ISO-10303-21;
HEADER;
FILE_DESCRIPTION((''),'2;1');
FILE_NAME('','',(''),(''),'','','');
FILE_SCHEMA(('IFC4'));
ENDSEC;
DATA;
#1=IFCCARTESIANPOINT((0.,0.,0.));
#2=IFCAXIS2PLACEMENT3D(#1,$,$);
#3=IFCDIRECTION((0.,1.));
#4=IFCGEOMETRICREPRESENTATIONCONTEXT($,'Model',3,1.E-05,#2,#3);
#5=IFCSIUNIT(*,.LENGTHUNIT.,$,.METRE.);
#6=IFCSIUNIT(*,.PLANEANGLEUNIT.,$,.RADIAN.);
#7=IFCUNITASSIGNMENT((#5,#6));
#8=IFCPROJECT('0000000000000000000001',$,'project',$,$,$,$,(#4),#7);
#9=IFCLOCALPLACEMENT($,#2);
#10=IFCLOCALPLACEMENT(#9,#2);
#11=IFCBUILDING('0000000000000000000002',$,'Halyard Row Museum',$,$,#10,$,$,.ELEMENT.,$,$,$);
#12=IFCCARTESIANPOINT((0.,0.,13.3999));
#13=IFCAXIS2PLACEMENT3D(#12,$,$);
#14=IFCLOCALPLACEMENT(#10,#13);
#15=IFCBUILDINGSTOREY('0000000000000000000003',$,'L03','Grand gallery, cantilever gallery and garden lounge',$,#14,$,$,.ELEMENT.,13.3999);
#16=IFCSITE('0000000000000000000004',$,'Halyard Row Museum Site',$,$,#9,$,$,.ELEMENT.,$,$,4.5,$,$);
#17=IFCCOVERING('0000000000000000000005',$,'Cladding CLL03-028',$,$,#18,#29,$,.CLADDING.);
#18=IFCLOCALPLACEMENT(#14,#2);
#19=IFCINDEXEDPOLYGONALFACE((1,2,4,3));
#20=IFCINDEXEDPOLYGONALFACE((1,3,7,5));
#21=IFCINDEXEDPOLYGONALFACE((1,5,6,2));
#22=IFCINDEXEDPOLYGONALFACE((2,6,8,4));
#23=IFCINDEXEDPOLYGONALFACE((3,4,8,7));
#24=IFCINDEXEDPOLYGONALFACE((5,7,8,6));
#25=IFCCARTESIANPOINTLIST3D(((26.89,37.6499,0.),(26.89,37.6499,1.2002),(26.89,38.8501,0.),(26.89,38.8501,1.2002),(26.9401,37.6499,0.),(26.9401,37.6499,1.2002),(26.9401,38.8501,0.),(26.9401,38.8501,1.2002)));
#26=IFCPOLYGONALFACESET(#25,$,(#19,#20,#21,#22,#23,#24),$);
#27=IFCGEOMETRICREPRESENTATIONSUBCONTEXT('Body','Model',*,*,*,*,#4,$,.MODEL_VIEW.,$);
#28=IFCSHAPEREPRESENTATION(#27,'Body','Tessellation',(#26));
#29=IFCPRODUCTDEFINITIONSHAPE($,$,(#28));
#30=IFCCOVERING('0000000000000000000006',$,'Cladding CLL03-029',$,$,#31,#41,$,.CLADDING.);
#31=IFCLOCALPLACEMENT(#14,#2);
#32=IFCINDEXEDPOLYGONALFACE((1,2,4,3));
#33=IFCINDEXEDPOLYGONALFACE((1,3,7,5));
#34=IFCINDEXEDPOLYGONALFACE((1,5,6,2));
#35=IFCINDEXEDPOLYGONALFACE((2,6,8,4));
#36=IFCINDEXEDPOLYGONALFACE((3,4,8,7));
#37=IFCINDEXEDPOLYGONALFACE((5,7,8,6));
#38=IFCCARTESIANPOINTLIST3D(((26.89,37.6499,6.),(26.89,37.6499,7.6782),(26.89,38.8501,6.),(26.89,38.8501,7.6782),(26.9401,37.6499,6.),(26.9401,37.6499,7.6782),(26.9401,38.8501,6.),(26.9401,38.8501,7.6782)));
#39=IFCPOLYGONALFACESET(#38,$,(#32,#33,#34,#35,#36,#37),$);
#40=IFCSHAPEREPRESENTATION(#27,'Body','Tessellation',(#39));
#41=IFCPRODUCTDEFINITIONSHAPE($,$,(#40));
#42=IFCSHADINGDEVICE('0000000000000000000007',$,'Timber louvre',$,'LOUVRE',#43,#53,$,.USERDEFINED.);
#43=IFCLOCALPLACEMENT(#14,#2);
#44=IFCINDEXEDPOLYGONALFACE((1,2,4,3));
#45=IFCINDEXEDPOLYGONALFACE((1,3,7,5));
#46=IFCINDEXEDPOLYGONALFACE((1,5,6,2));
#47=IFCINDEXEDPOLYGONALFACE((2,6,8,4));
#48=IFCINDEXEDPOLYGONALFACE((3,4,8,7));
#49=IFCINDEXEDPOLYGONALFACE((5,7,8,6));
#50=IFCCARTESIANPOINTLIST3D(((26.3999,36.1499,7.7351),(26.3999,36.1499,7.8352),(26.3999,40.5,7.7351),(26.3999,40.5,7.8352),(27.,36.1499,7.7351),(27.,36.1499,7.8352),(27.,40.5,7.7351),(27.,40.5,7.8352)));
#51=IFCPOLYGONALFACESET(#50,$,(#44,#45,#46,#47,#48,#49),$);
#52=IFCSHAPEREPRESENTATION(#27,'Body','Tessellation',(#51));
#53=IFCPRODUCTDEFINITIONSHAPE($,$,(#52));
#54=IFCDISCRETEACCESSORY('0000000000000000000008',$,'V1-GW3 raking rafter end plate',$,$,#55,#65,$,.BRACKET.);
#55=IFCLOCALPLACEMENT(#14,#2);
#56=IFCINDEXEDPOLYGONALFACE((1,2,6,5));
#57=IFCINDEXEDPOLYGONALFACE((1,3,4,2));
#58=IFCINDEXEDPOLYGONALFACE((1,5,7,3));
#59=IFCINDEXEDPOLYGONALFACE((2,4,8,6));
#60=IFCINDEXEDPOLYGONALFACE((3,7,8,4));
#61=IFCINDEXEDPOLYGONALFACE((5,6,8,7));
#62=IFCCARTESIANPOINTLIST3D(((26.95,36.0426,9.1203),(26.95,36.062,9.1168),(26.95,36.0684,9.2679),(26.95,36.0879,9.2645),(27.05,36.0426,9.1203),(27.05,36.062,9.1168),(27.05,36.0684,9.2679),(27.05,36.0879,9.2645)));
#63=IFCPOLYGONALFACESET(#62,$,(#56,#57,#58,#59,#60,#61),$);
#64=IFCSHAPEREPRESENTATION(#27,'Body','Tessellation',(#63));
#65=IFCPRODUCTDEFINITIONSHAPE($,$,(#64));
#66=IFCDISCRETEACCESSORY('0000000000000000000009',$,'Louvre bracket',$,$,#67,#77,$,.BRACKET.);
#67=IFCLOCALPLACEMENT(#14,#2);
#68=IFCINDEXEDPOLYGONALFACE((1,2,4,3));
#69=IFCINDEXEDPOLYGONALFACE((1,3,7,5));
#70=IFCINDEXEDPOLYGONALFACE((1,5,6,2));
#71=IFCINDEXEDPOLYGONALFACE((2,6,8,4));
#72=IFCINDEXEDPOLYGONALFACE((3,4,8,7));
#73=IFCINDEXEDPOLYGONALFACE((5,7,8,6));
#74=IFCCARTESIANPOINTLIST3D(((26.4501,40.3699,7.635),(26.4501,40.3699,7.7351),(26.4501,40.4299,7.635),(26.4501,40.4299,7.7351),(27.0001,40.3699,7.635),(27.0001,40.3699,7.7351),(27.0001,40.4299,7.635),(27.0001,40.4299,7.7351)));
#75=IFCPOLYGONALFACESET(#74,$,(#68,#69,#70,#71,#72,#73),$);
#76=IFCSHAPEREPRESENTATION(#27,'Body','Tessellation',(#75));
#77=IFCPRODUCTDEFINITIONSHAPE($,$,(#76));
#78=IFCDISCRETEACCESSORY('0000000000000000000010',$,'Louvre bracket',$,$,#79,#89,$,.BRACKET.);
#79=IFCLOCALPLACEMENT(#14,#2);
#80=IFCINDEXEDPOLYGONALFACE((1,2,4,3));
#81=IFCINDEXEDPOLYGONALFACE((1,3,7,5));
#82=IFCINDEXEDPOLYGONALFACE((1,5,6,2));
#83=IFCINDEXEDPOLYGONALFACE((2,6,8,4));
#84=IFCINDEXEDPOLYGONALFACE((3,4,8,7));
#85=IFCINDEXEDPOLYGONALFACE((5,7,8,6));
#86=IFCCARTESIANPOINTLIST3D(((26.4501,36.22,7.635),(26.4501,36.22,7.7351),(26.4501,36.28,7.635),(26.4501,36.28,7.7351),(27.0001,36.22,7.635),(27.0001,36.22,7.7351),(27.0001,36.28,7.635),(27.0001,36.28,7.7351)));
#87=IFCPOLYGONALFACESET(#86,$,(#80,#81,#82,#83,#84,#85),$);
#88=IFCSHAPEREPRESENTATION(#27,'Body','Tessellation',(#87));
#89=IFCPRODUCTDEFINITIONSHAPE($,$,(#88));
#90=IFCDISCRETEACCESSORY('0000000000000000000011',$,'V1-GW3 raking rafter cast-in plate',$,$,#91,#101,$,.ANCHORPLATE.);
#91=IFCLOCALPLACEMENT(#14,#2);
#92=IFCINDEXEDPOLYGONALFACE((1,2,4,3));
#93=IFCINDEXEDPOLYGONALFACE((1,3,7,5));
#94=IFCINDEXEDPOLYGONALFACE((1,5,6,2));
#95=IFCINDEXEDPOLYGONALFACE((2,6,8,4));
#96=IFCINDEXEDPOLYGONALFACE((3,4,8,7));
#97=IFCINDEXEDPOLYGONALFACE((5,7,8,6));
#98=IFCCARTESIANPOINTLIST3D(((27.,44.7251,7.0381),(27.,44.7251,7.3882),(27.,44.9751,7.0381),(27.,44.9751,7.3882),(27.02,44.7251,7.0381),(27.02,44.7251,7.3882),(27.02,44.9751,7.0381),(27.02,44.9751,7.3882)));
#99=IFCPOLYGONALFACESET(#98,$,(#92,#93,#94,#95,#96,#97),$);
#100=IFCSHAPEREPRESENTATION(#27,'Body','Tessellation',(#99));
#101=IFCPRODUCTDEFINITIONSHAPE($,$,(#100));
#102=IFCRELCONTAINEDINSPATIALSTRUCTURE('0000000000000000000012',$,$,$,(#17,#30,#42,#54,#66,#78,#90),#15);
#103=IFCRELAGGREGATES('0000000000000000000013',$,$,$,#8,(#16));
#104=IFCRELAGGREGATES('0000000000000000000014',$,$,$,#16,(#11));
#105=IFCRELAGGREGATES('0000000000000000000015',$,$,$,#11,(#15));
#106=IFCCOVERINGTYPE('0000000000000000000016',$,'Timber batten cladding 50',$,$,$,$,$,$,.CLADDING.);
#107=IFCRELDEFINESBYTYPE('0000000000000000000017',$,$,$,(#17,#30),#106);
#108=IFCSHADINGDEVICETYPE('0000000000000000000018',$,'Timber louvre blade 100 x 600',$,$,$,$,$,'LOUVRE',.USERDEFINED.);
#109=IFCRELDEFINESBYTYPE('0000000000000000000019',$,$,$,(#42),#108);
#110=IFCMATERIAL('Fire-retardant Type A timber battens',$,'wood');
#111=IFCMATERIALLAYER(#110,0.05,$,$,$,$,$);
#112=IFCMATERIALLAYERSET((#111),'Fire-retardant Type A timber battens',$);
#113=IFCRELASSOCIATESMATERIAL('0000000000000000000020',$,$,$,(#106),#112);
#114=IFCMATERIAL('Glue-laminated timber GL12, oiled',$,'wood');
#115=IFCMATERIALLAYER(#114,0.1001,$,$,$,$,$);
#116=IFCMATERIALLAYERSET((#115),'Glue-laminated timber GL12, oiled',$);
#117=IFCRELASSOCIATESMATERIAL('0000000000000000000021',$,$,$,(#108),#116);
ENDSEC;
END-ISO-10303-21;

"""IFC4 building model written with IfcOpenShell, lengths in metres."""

from ifc_helpers import new_model, si_unit, direction, frame, frame_2d, origin, origin_2d, place, context, subcontext, project, spatial, rectangle, extrude, material, layer, layer_set, type_object, element, save


model = new_model("IFC4")

# Units and contexts
model_context = context("Model", 3, precision=1e-05, world=origin(), true_north=direction((0.0, 1.0)))
body_context = subcontext(model_context, "Body", "Model", "MODEL_VIEW")
ifc_project = project(units=[si_unit("LENGTHUNIT", "METRE"), si_unit("PLANEANGLEUNIT", "RADIAN")], contexts=[model_context])

# Site, building, storey
site_placement = place(None, origin())
site = spatial("IfcSite", under=ifc_project, at=site_placement, Name="Halyard Row Museum Site", CompositionType="ELEMENT", RefElevation=4.5)
building_placement = place(site_placement, origin())
building = spatial("IfcBuilding", under=site, at=building_placement, Name="Halyard Row Museum", CompositionType="ELEMENT")
storey_placement = place(building_placement, frame((0.0, 0.0, 13.3999)))
storey = spatial("IfcBuildingStorey", under=building, at=storey_placement, Name="L03", Description="Grand gallery, cantilever gallery and garden lounge", CompositionType="ELEMENT", Elevation=13.3999)

# Coverings
ifc_material_1 = material(Name="Fire-retardant Type A timber battens", Category="wood")
ifc_layer_1 = layer(ifc_material_1, 0.05)
ifc_layer_set_1 = layer_set([ifc_layer_1], Name="Fire-retardant Type A timber battens")
covering_type = type_object("IfcCoveringType", Name="Timber batten cladding 50", PredefinedType="CLADDING", material=ifc_layer_set_1)
covering_1_placement = place(storey_placement, frame((26.915, 38.8501, 0.0), z_axis=(0.0, 0.0, 1.0), x_axis=(0.0, -1.0, 0.0)))
element("IfcCovering", 1, at=covering_1_placement, inside=storey, type_object=covering_type, Name="Cladding CLL03-028", PredefinedType="CLADDING", context=body_context, shape_type="SweptSolid", body=[
    extrude(rectangle(XDim=1.2002, YDim=0.05, at=frame_2d((0.6001, 0.0))), origin(), (0.0, 0.0, 1.0), 1.2002),
])
covering_2_placement = place(storey_placement, frame((26.915, 38.8501, 6.0), z_axis=(0.0, 0.0, 1.0), x_axis=(0.0, -1.0, 0.0)))
element("IfcCovering", 2, at=covering_2_placement, inside=storey, type_object=covering_type, Name="Cladding CLL03-029", PredefinedType="CLADDING", context=body_context, shape_type="SweptSolid", body=[
    extrude(rectangle(XDim=1.2002, YDim=0.05, at=frame_2d((0.6001, 0.0))), origin(), (0.0, 0.0, 1.0), 1.6782),
])

# Shading device
ifc_material_2 = material(Name="Glue-laminated timber GL12, oiled", Category="wood")
ifc_layer_2 = layer(ifc_material_2, 0.1001)
ifc_layer_set_2 = layer_set([ifc_layer_2], Name="Glue-laminated timber GL12, oiled")
shading_device_type = type_object("IfcShadingDeviceType", Name="Timber louvre blade 100 x 600", ElementType="LOUVRE", PredefinedType="USERDEFINED", material=ifc_layer_set_2)
shading_device_placement = place(storey_placement, frame((26.7, 38.325, 7.7351), z_axis=(0.0, 0.0, 1.0), x_axis=(1.0, 0.0, 0.0)))
element("IfcShadingDevice", 3, at=shading_device_placement, inside=storey, type_object=shading_device_type, Name="Timber louvre", ObjectType="LOUVRE", PredefinedType="USERDEFINED", context=body_context, shape_type="SweptSolid", body=[
    extrude(rectangle(XDim=0.6001, YDim=4.3501, at=origin_2d()), origin(), (0.0, 0.0, 1.0), 0.1001),
])

# Discrete accessories
discrete_accessory_1_placement = place(storey_placement, frame((27.0, 36.075, 9.1907), z_axis=(0.0, -0.98503, 0.17238), x_axis=(1.0, 0.0, 0.0)))
element("IfcDiscreteAccessory", 4, at=discrete_accessory_1_placement, inside=storey, Name="V1-GW3 raking rafter end plate", PredefinedType="BRACKET", context=body_context, shape_type="SweptSolid", body=[
    extrude(rectangle(XDim=0.1001, YDim=0.1499, at=origin_2d()), origin(), (0.0, 0.0, 1.0), 0.0198),
])
for number, where, z_axis, x_axis, name in (
    (5, (26.7251, 40.3999, 7.635), (0.0, 0.0, 1.0), (1.0, 0.0, 0.0), "Louvre bracket"),
    (6, (26.7251, 36.25, 7.635), (0.0, 0.0, 1.0), (1.0, 0.0, 0.0), "Louvre bracket"),
):
    element("IfcDiscreteAccessory", number, at=place(storey_placement, frame(where, z_axis=z_axis, x_axis=x_axis)), inside=storey, Name=name, PredefinedType="BRACKET", context=body_context, shape_type="SweptSolid", body=[
        extrude(rectangle(XDim=0.55, YDim=0.0601, at=origin_2d()), origin(), (0.0, 0.0, 1.0), 0.1001),
    ])
discrete_accessory_2_placement = place(storey_placement, frame((27.0, 44.8501, 7.2131), z_axis=(1.0, 0.0, 0.0), x_axis=(0.0, 1.0, 0.0)))
element("IfcDiscreteAccessory", 7, at=discrete_accessory_2_placement, inside=storey, Name="V1-GW3 raking rafter cast-in plate", PredefinedType="ANCHORPLATE", context=body_context, shape_type="SweptSolid", body=[
    extrude(rectangle(XDim=0.25, YDim=0.3501, at=origin_2d()), origin(), (0.0, 0.0, 1.0), 0.02),
])

save(model, "model.ifc")
